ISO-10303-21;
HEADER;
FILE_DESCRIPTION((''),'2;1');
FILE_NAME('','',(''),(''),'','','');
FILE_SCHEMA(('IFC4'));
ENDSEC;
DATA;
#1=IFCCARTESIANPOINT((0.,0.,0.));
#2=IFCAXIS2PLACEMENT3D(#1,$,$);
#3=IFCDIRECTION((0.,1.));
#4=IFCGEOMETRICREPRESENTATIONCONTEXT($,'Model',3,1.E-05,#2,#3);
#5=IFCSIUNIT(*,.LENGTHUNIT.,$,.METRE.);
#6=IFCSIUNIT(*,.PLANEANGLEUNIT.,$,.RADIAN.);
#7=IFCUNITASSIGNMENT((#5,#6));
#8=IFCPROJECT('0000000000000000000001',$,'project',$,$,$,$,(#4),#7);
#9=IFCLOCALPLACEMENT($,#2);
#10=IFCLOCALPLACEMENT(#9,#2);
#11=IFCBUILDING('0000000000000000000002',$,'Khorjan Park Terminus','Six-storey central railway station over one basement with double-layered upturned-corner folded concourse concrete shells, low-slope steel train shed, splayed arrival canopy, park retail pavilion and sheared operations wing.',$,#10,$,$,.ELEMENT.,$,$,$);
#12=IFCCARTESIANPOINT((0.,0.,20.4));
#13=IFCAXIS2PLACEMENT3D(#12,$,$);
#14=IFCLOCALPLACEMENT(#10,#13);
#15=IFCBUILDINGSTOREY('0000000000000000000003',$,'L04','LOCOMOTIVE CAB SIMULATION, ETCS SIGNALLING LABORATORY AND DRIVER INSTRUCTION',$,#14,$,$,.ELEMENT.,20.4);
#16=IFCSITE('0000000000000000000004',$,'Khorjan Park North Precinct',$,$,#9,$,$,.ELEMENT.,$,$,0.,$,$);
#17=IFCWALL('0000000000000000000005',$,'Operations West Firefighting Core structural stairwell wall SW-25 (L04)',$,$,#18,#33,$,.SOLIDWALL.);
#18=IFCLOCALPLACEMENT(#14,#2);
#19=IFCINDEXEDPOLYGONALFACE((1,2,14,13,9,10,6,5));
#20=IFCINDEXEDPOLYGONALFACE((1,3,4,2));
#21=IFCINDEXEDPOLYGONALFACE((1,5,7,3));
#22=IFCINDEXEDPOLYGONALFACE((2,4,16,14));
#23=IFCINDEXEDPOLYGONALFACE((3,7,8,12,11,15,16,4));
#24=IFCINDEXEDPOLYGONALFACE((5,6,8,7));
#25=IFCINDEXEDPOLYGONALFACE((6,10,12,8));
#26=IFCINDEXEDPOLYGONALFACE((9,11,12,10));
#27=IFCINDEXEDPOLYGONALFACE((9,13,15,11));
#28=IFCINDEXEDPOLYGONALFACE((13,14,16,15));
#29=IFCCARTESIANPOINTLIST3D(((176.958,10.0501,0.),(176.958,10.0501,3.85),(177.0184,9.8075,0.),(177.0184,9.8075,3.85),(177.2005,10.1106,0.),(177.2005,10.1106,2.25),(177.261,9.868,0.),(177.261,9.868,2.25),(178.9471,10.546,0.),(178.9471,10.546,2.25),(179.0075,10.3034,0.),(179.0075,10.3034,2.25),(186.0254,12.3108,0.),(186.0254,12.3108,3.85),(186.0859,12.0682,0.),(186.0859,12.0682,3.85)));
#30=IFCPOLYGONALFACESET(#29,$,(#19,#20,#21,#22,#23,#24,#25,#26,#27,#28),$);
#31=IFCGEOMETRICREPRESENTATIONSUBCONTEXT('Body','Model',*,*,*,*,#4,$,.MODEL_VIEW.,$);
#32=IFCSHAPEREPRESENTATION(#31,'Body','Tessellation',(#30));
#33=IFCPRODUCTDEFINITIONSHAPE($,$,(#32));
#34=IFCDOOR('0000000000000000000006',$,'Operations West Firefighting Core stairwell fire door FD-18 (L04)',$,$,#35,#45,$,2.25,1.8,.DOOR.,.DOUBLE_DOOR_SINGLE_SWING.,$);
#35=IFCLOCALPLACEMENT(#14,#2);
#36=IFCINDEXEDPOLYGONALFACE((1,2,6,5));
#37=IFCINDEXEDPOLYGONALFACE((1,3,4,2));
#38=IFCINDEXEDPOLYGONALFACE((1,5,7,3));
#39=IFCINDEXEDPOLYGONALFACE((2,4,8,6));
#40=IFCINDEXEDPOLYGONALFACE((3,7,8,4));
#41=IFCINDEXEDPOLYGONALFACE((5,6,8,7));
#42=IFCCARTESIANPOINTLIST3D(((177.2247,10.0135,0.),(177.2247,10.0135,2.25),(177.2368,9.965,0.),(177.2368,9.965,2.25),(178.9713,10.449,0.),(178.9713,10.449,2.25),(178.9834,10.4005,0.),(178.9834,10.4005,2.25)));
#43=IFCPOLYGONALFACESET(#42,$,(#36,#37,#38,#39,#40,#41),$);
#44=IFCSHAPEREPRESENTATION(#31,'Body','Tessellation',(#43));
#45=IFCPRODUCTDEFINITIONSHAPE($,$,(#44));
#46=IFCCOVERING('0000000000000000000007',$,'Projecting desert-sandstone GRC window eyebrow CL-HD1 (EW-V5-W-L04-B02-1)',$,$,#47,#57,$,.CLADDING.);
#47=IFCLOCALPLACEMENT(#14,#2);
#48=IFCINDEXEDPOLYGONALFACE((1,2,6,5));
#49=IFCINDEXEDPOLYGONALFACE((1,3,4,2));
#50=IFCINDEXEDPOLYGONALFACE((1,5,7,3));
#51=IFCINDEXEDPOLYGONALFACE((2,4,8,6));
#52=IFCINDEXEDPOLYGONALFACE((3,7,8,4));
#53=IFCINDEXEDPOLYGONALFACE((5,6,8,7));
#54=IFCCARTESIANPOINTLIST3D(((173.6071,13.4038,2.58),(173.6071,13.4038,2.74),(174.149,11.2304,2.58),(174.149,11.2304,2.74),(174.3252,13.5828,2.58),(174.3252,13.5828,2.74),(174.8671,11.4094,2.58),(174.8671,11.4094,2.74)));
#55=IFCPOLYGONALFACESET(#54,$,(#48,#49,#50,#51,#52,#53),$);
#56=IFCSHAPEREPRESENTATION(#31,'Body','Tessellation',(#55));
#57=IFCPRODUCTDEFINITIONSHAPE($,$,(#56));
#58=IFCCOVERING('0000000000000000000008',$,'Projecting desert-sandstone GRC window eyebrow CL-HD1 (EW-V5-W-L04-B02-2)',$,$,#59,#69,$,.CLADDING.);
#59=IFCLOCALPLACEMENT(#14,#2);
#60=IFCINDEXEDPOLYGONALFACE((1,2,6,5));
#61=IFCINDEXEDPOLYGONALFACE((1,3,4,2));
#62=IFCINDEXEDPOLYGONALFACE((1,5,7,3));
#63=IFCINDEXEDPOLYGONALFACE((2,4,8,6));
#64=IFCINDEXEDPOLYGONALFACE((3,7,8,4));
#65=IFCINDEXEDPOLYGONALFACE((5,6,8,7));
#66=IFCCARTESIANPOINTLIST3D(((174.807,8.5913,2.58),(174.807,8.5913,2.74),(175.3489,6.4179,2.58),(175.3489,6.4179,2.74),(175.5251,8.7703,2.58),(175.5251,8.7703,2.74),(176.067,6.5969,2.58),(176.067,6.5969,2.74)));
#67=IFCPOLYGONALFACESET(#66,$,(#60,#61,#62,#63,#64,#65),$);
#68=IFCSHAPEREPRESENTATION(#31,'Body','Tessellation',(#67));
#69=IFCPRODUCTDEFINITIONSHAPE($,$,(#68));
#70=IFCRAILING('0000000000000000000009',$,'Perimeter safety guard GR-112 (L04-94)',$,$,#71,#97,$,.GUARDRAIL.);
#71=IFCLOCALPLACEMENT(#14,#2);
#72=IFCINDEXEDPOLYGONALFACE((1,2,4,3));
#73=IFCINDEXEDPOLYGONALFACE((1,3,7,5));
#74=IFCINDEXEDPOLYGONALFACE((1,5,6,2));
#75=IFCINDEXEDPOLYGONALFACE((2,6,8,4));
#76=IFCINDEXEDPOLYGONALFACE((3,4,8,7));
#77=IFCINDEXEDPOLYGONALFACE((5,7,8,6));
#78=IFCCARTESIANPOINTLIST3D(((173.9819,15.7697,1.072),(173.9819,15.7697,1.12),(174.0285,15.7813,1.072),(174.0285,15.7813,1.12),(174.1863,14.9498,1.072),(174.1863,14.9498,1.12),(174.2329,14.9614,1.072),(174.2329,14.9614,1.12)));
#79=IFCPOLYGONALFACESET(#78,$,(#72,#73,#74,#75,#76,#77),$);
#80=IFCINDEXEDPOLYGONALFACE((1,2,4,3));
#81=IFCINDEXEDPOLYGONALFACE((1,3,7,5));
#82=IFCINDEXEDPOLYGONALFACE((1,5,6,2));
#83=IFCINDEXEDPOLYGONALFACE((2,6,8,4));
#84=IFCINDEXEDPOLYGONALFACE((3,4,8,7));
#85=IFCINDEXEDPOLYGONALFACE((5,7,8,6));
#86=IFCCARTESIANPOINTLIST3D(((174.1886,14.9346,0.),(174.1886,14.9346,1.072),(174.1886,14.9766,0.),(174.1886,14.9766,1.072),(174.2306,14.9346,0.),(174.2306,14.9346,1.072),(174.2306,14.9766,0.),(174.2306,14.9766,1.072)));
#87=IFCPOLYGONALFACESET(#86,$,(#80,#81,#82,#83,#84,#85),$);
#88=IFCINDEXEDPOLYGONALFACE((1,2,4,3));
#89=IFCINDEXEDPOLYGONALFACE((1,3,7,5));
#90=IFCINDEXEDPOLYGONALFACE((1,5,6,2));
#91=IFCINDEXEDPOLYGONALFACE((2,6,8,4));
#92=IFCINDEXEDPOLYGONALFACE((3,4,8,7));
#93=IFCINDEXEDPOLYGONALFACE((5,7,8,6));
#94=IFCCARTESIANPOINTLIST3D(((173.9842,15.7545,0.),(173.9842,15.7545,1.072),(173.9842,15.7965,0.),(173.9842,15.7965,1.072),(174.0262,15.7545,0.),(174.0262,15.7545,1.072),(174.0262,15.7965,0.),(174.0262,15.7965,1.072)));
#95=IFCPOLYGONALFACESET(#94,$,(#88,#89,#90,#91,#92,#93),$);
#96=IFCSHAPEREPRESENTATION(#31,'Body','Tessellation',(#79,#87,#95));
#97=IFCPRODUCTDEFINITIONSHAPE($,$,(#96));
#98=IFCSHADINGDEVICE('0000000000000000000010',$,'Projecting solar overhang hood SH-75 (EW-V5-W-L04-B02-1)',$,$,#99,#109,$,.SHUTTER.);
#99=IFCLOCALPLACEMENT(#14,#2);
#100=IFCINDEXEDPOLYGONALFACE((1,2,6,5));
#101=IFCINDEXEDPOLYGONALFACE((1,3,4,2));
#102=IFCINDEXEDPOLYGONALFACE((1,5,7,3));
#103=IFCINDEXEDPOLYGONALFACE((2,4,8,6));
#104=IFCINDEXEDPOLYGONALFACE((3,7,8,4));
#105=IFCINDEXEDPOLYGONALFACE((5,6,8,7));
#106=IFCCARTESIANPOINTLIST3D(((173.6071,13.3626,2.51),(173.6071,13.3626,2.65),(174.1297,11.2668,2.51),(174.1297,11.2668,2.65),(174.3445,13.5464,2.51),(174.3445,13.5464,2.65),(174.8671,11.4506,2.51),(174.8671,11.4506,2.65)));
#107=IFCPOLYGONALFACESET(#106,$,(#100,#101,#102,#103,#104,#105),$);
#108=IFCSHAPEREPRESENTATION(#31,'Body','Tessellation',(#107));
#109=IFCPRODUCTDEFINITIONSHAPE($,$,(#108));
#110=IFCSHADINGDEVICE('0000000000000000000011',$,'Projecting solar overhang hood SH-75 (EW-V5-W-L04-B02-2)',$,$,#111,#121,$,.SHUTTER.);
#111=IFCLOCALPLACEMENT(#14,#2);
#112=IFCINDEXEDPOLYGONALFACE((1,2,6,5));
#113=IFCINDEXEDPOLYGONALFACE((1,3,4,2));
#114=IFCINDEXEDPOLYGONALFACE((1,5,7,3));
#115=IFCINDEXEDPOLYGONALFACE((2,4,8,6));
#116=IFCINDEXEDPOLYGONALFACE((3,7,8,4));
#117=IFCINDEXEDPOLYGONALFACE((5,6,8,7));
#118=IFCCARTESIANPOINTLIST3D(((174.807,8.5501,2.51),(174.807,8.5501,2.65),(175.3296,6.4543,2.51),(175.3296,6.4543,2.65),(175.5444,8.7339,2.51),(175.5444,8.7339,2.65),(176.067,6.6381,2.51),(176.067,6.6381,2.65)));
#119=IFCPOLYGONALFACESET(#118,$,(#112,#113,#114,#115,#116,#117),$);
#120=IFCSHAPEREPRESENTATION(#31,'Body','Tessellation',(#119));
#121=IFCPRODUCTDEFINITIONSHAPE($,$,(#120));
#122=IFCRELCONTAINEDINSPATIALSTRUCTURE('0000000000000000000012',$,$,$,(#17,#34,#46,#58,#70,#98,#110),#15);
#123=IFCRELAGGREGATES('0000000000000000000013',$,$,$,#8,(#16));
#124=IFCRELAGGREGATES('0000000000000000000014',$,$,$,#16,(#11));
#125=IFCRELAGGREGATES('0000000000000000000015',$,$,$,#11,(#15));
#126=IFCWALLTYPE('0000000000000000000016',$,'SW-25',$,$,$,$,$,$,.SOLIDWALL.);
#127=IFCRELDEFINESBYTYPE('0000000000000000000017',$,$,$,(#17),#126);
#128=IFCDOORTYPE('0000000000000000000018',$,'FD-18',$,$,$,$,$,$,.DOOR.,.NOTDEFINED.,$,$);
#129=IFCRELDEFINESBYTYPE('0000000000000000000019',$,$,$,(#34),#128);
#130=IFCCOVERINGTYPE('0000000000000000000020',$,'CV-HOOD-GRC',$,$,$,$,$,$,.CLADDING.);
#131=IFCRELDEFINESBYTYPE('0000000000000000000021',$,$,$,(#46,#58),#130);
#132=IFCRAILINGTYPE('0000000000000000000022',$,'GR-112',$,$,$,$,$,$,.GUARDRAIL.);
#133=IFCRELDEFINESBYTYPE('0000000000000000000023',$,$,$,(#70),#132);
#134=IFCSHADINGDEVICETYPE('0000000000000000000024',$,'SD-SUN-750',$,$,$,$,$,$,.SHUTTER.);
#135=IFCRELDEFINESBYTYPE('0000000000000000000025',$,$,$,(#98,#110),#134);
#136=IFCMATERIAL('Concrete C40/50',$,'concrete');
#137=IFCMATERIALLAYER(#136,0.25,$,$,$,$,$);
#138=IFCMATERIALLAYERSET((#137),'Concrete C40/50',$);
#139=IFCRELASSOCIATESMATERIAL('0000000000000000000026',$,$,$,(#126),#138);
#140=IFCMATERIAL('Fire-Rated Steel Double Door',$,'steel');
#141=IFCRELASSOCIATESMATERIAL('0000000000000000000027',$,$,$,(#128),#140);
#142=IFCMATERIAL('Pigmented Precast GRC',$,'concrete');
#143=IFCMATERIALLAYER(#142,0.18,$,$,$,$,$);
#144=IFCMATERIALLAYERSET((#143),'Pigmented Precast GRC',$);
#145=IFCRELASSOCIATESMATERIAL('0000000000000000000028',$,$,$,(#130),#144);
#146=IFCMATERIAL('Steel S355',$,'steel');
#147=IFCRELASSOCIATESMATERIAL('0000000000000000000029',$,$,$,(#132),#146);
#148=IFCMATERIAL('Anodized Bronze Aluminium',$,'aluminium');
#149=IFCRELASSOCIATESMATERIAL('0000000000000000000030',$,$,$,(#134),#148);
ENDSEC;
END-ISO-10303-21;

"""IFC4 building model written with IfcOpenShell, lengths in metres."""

from ifc_helpers import new_model, si_unit, direction, frame, frame_2d, origin, origin_2d, place, context, subcontext, project, spatial, rectangle, extrude, material, layer, layer_set, type_object, element, fill, save


model = new_model("IFC4")

# Units and contexts
model_context = context("Model", 3, precision=1e-05, world=origin(), true_north=direction((0.0, 1.0)))
body_context = subcontext(model_context, "Body", "Model", "MODEL_VIEW")
ifc_project = project(units=[si_unit("LENGTHUNIT", "METRE"), si_unit("PLANEANGLEUNIT", "RADIAN")], contexts=[model_context])

# Site, building, storey
site_placement = place(None, origin())
site = spatial("IfcSite", under=ifc_project, at=site_placement, Name="Khorjan Park North Precinct", CompositionType="ELEMENT", RefElevation=0.0)
building_placement = place(site_placement, origin())
building = spatial("IfcBuilding", under=site, at=building_placement, Name="Khorjan Park Terminus", Description="Six-storey central railway station over one basement with double-layered upturned-corner folded concourse concrete shells, low-slope steel train shed, splayed arrival canopy, park retail pavilion and sheared operations wing.", CompositionType="ELEMENT")
storey_placement = place(building_placement, frame((0.0, 0.0, 20.4)))
storey = spatial("IfcBuildingStorey", under=building, at=storey_placement, Name="L04", Description="LOCOMOTIVE CAB SIMULATION, ETCS SIGNALLING LABORATORY AND DRIVER INSTRUCTION", CompositionType="ELEMENT", Elevation=20.4)

# Shared definitions
ifc_material_1 = material(Name="Steel S355", Category="steel")
ifc_material_2 = material(Name="Concrete C40/50", Category="concrete")

# Shared definitions
ifc_material_3 = material(Name="Anodized Bronze Aluminium", Category="aluminium")

# Wall, opening, door
ifc_layer_1 = layer(ifc_material_2, 0.25)
ifc_layer_set_1 = layer_set([ifc_layer_1], Name="Concrete C40/50")
wall_type_1 = type_object("IfcWallType", Name="SW-25", PredefinedType="SOLIDWALL", material=ifc_layer_set_1)
wall_1_placement = place(storey_placement, frame((176.9882, 9.9288, 0.0), z_axis=(0.0, 0.0, 1.0), x_axis=(0.970297, 0.241916, 0.0)))
wall_1 = element("IfcWall", 1, at=wall_1_placement, inside=storey, type_object=wall_type_1, Name="Operations West Firefighting Core structural stairwell wall SW-25 (L04)", PredefinedType="SOLIDWALL", context=body_context, shape_type="SweptSolid", body=[
    extrude(rectangle(XDim=9.345, YDim=0.25, at=frame_2d((4.6725, 0.0))), origin(), (0.0, 0.0, 1.0), 3.85),
])
opening_1_placement = place(wall_1_placement, frame((0.25, 0.0, 0.0)))
opening_1 = element("IfcOpeningElement", 2, at=opening_1_placement, cuts=wall_1, PredefinedType="OPENING", context=body_context, shape_type="SweptSolid", body=[
    extrude(rectangle(XDim=1.8, YDim=2.25, at=frame_2d((0.9, 1.125))), frame((0.0, 0.135, 0.0), z_axis=(0.0, -1.0, 0.0), x_axis=(1.0, 0.0, 0.0)), (0.0, 0.0, 1.0), 0.27),
])
ifc_material_4 = material(Name="Fire-Rated Steel Double Door", Category="steel")
door_type = type_object("IfcDoorType", Name="FD-18", OperationType="NOTDEFINED", PredefinedType="DOOR", material=ifc_material_4)
door_placement = place(opening_1_placement, origin())
door = element("IfcDoor", 3, at=door_placement, inside=storey, type_object=door_type, Name="Operations West Firefighting Core stairwell fire door FD-18 (L04)", OperationType="DOUBLE_DOOR_SINGLE_SWING", OverallHeight=2.25, OverallWidth=1.8, PredefinedType="DOOR", context=body_context, shape_type="SweptSolid", body=[
    extrude(rectangle(XDim=1.8, YDim=2.25, at=frame_2d((0.9, 1.125))), frame((0.0, 0.025, 0.0), z_axis=(0.0, -1.0, 0.0), x_axis=(1.0, 0.0, 0.0)), (0.0, 0.0, 1.0), 0.05),
])
fill(opening_1, door)

# Coverings
ifc_material_5 = material(Name="Pigmented Precast GRC", Category="concrete")
ifc_layer_2 = layer(ifc_material_5, 0.18)
ifc_layer_set_2 = layer_set([ifc_layer_2], Name="Pigmented Precast GRC")
covering_type = type_object("IfcCoveringType", Name="CV-HOOD-GRC", PredefinedType="CLADDING", material=ifc_layer_set_2)
for number, where, z_axis, x_axis, name in (
    (4, (174.2371, 12.4066, 2.58), (0.0, 0.0, 1.0), (0.241921, -0.970296, 0.0), "Projecting desert-sandstone GRC window eyebrow CL-HD1 (EW-V5-W-L04-B02-1)"),
    (5, (175.437, 7.5941, 2.58), (0.0, 0.0, 1.0), (0.241921, -0.970296, 0.0), "Projecting desert-sandstone GRC window eyebrow CL-HD1 (EW-V5-W-L04-B02-2)"),
):
    element("IfcCovering", number, at=place(storey_placement, frame(where, z_axis=z_axis, x_axis=x_axis)), inside=storey, type_object=covering_type, Name=name, PredefinedType="CLADDING", context=body_context, shape_type="SweptSolid", body=[
        extrude(rectangle(XDim=2.24, YDim=0.74, at=origin_2d()), origin(), (0.0, 0.0, 1.0), 0.16),
    ])

# Railing
railing_type = type_object("IfcRailingType", Name="GR-112", PredefinedType="GUARDRAIL", material=ifc_material_1)
railing_placement = place(storey_placement, frame((174.2096, 14.9556, 0.0)))
element("IfcRailing", 6, at=railing_placement, inside=storey, type_object=railing_type, Name="Perimeter safety guard GR-112 (L04-94)", PredefinedType="GUARDRAIL", context=body_context, shape_type="SweptSolid", body=[
    extrude(rectangle(XDim=0.048, YDim=0.048, at=origin_2d()), frame((0.0, 0.0, 1.096), z_axis=(-0.241895, 0.970302, 0.0), x_axis=(-0.970302, -0.241895, 0.0)), (0.0, 0.0, 1.0), 0.845),
    extrude(rectangle(XDim=0.042, YDim=0.042, at=origin_2d()), origin(), (0.0, 0.0, 1.0), 1.072),
    extrude(rectangle(XDim=0.042, YDim=0.042, at=origin_2d()), frame((-0.2044, 0.8199, 0.0)), (0.0, 0.0, 1.0), 1.072),
])

# Shading devices
shading_device_type = type_object("IfcShadingDeviceType", Name="SD-SUN-750", PredefinedType="SHUTTER", material=ifc_material_3)
for number, where, z_axis, x_axis, name in (
    (7, (174.2371, 12.4066, 2.51), (0.0, 0.0, 1.0), (0.241921, -0.970296, 0.0), "Projecting solar overhang hood SH-75 (EW-V5-W-L04-B02-1)"),
    (8, (175.437, 7.5941, 2.51), (0.0, 0.0, 1.0), (0.241921, -0.970296, 0.0), "Projecting solar overhang hood SH-75 (EW-V5-W-L04-B02-2)"),
):
    element("IfcShadingDevice", number, at=place(storey_placement, frame(where, z_axis=z_axis, x_axis=x_axis)), inside=storey, type_object=shading_device_type, Name=name, PredefinedType="SHUTTER", context=body_context, shape_type="SweptSolid", body=[
        extrude(rectangle(XDim=2.16, YDim=0.76, at=origin_2d()), origin(), (0.0, 0.0, 1.0), 0.14),
    ])

save(model, "model.ifc")
